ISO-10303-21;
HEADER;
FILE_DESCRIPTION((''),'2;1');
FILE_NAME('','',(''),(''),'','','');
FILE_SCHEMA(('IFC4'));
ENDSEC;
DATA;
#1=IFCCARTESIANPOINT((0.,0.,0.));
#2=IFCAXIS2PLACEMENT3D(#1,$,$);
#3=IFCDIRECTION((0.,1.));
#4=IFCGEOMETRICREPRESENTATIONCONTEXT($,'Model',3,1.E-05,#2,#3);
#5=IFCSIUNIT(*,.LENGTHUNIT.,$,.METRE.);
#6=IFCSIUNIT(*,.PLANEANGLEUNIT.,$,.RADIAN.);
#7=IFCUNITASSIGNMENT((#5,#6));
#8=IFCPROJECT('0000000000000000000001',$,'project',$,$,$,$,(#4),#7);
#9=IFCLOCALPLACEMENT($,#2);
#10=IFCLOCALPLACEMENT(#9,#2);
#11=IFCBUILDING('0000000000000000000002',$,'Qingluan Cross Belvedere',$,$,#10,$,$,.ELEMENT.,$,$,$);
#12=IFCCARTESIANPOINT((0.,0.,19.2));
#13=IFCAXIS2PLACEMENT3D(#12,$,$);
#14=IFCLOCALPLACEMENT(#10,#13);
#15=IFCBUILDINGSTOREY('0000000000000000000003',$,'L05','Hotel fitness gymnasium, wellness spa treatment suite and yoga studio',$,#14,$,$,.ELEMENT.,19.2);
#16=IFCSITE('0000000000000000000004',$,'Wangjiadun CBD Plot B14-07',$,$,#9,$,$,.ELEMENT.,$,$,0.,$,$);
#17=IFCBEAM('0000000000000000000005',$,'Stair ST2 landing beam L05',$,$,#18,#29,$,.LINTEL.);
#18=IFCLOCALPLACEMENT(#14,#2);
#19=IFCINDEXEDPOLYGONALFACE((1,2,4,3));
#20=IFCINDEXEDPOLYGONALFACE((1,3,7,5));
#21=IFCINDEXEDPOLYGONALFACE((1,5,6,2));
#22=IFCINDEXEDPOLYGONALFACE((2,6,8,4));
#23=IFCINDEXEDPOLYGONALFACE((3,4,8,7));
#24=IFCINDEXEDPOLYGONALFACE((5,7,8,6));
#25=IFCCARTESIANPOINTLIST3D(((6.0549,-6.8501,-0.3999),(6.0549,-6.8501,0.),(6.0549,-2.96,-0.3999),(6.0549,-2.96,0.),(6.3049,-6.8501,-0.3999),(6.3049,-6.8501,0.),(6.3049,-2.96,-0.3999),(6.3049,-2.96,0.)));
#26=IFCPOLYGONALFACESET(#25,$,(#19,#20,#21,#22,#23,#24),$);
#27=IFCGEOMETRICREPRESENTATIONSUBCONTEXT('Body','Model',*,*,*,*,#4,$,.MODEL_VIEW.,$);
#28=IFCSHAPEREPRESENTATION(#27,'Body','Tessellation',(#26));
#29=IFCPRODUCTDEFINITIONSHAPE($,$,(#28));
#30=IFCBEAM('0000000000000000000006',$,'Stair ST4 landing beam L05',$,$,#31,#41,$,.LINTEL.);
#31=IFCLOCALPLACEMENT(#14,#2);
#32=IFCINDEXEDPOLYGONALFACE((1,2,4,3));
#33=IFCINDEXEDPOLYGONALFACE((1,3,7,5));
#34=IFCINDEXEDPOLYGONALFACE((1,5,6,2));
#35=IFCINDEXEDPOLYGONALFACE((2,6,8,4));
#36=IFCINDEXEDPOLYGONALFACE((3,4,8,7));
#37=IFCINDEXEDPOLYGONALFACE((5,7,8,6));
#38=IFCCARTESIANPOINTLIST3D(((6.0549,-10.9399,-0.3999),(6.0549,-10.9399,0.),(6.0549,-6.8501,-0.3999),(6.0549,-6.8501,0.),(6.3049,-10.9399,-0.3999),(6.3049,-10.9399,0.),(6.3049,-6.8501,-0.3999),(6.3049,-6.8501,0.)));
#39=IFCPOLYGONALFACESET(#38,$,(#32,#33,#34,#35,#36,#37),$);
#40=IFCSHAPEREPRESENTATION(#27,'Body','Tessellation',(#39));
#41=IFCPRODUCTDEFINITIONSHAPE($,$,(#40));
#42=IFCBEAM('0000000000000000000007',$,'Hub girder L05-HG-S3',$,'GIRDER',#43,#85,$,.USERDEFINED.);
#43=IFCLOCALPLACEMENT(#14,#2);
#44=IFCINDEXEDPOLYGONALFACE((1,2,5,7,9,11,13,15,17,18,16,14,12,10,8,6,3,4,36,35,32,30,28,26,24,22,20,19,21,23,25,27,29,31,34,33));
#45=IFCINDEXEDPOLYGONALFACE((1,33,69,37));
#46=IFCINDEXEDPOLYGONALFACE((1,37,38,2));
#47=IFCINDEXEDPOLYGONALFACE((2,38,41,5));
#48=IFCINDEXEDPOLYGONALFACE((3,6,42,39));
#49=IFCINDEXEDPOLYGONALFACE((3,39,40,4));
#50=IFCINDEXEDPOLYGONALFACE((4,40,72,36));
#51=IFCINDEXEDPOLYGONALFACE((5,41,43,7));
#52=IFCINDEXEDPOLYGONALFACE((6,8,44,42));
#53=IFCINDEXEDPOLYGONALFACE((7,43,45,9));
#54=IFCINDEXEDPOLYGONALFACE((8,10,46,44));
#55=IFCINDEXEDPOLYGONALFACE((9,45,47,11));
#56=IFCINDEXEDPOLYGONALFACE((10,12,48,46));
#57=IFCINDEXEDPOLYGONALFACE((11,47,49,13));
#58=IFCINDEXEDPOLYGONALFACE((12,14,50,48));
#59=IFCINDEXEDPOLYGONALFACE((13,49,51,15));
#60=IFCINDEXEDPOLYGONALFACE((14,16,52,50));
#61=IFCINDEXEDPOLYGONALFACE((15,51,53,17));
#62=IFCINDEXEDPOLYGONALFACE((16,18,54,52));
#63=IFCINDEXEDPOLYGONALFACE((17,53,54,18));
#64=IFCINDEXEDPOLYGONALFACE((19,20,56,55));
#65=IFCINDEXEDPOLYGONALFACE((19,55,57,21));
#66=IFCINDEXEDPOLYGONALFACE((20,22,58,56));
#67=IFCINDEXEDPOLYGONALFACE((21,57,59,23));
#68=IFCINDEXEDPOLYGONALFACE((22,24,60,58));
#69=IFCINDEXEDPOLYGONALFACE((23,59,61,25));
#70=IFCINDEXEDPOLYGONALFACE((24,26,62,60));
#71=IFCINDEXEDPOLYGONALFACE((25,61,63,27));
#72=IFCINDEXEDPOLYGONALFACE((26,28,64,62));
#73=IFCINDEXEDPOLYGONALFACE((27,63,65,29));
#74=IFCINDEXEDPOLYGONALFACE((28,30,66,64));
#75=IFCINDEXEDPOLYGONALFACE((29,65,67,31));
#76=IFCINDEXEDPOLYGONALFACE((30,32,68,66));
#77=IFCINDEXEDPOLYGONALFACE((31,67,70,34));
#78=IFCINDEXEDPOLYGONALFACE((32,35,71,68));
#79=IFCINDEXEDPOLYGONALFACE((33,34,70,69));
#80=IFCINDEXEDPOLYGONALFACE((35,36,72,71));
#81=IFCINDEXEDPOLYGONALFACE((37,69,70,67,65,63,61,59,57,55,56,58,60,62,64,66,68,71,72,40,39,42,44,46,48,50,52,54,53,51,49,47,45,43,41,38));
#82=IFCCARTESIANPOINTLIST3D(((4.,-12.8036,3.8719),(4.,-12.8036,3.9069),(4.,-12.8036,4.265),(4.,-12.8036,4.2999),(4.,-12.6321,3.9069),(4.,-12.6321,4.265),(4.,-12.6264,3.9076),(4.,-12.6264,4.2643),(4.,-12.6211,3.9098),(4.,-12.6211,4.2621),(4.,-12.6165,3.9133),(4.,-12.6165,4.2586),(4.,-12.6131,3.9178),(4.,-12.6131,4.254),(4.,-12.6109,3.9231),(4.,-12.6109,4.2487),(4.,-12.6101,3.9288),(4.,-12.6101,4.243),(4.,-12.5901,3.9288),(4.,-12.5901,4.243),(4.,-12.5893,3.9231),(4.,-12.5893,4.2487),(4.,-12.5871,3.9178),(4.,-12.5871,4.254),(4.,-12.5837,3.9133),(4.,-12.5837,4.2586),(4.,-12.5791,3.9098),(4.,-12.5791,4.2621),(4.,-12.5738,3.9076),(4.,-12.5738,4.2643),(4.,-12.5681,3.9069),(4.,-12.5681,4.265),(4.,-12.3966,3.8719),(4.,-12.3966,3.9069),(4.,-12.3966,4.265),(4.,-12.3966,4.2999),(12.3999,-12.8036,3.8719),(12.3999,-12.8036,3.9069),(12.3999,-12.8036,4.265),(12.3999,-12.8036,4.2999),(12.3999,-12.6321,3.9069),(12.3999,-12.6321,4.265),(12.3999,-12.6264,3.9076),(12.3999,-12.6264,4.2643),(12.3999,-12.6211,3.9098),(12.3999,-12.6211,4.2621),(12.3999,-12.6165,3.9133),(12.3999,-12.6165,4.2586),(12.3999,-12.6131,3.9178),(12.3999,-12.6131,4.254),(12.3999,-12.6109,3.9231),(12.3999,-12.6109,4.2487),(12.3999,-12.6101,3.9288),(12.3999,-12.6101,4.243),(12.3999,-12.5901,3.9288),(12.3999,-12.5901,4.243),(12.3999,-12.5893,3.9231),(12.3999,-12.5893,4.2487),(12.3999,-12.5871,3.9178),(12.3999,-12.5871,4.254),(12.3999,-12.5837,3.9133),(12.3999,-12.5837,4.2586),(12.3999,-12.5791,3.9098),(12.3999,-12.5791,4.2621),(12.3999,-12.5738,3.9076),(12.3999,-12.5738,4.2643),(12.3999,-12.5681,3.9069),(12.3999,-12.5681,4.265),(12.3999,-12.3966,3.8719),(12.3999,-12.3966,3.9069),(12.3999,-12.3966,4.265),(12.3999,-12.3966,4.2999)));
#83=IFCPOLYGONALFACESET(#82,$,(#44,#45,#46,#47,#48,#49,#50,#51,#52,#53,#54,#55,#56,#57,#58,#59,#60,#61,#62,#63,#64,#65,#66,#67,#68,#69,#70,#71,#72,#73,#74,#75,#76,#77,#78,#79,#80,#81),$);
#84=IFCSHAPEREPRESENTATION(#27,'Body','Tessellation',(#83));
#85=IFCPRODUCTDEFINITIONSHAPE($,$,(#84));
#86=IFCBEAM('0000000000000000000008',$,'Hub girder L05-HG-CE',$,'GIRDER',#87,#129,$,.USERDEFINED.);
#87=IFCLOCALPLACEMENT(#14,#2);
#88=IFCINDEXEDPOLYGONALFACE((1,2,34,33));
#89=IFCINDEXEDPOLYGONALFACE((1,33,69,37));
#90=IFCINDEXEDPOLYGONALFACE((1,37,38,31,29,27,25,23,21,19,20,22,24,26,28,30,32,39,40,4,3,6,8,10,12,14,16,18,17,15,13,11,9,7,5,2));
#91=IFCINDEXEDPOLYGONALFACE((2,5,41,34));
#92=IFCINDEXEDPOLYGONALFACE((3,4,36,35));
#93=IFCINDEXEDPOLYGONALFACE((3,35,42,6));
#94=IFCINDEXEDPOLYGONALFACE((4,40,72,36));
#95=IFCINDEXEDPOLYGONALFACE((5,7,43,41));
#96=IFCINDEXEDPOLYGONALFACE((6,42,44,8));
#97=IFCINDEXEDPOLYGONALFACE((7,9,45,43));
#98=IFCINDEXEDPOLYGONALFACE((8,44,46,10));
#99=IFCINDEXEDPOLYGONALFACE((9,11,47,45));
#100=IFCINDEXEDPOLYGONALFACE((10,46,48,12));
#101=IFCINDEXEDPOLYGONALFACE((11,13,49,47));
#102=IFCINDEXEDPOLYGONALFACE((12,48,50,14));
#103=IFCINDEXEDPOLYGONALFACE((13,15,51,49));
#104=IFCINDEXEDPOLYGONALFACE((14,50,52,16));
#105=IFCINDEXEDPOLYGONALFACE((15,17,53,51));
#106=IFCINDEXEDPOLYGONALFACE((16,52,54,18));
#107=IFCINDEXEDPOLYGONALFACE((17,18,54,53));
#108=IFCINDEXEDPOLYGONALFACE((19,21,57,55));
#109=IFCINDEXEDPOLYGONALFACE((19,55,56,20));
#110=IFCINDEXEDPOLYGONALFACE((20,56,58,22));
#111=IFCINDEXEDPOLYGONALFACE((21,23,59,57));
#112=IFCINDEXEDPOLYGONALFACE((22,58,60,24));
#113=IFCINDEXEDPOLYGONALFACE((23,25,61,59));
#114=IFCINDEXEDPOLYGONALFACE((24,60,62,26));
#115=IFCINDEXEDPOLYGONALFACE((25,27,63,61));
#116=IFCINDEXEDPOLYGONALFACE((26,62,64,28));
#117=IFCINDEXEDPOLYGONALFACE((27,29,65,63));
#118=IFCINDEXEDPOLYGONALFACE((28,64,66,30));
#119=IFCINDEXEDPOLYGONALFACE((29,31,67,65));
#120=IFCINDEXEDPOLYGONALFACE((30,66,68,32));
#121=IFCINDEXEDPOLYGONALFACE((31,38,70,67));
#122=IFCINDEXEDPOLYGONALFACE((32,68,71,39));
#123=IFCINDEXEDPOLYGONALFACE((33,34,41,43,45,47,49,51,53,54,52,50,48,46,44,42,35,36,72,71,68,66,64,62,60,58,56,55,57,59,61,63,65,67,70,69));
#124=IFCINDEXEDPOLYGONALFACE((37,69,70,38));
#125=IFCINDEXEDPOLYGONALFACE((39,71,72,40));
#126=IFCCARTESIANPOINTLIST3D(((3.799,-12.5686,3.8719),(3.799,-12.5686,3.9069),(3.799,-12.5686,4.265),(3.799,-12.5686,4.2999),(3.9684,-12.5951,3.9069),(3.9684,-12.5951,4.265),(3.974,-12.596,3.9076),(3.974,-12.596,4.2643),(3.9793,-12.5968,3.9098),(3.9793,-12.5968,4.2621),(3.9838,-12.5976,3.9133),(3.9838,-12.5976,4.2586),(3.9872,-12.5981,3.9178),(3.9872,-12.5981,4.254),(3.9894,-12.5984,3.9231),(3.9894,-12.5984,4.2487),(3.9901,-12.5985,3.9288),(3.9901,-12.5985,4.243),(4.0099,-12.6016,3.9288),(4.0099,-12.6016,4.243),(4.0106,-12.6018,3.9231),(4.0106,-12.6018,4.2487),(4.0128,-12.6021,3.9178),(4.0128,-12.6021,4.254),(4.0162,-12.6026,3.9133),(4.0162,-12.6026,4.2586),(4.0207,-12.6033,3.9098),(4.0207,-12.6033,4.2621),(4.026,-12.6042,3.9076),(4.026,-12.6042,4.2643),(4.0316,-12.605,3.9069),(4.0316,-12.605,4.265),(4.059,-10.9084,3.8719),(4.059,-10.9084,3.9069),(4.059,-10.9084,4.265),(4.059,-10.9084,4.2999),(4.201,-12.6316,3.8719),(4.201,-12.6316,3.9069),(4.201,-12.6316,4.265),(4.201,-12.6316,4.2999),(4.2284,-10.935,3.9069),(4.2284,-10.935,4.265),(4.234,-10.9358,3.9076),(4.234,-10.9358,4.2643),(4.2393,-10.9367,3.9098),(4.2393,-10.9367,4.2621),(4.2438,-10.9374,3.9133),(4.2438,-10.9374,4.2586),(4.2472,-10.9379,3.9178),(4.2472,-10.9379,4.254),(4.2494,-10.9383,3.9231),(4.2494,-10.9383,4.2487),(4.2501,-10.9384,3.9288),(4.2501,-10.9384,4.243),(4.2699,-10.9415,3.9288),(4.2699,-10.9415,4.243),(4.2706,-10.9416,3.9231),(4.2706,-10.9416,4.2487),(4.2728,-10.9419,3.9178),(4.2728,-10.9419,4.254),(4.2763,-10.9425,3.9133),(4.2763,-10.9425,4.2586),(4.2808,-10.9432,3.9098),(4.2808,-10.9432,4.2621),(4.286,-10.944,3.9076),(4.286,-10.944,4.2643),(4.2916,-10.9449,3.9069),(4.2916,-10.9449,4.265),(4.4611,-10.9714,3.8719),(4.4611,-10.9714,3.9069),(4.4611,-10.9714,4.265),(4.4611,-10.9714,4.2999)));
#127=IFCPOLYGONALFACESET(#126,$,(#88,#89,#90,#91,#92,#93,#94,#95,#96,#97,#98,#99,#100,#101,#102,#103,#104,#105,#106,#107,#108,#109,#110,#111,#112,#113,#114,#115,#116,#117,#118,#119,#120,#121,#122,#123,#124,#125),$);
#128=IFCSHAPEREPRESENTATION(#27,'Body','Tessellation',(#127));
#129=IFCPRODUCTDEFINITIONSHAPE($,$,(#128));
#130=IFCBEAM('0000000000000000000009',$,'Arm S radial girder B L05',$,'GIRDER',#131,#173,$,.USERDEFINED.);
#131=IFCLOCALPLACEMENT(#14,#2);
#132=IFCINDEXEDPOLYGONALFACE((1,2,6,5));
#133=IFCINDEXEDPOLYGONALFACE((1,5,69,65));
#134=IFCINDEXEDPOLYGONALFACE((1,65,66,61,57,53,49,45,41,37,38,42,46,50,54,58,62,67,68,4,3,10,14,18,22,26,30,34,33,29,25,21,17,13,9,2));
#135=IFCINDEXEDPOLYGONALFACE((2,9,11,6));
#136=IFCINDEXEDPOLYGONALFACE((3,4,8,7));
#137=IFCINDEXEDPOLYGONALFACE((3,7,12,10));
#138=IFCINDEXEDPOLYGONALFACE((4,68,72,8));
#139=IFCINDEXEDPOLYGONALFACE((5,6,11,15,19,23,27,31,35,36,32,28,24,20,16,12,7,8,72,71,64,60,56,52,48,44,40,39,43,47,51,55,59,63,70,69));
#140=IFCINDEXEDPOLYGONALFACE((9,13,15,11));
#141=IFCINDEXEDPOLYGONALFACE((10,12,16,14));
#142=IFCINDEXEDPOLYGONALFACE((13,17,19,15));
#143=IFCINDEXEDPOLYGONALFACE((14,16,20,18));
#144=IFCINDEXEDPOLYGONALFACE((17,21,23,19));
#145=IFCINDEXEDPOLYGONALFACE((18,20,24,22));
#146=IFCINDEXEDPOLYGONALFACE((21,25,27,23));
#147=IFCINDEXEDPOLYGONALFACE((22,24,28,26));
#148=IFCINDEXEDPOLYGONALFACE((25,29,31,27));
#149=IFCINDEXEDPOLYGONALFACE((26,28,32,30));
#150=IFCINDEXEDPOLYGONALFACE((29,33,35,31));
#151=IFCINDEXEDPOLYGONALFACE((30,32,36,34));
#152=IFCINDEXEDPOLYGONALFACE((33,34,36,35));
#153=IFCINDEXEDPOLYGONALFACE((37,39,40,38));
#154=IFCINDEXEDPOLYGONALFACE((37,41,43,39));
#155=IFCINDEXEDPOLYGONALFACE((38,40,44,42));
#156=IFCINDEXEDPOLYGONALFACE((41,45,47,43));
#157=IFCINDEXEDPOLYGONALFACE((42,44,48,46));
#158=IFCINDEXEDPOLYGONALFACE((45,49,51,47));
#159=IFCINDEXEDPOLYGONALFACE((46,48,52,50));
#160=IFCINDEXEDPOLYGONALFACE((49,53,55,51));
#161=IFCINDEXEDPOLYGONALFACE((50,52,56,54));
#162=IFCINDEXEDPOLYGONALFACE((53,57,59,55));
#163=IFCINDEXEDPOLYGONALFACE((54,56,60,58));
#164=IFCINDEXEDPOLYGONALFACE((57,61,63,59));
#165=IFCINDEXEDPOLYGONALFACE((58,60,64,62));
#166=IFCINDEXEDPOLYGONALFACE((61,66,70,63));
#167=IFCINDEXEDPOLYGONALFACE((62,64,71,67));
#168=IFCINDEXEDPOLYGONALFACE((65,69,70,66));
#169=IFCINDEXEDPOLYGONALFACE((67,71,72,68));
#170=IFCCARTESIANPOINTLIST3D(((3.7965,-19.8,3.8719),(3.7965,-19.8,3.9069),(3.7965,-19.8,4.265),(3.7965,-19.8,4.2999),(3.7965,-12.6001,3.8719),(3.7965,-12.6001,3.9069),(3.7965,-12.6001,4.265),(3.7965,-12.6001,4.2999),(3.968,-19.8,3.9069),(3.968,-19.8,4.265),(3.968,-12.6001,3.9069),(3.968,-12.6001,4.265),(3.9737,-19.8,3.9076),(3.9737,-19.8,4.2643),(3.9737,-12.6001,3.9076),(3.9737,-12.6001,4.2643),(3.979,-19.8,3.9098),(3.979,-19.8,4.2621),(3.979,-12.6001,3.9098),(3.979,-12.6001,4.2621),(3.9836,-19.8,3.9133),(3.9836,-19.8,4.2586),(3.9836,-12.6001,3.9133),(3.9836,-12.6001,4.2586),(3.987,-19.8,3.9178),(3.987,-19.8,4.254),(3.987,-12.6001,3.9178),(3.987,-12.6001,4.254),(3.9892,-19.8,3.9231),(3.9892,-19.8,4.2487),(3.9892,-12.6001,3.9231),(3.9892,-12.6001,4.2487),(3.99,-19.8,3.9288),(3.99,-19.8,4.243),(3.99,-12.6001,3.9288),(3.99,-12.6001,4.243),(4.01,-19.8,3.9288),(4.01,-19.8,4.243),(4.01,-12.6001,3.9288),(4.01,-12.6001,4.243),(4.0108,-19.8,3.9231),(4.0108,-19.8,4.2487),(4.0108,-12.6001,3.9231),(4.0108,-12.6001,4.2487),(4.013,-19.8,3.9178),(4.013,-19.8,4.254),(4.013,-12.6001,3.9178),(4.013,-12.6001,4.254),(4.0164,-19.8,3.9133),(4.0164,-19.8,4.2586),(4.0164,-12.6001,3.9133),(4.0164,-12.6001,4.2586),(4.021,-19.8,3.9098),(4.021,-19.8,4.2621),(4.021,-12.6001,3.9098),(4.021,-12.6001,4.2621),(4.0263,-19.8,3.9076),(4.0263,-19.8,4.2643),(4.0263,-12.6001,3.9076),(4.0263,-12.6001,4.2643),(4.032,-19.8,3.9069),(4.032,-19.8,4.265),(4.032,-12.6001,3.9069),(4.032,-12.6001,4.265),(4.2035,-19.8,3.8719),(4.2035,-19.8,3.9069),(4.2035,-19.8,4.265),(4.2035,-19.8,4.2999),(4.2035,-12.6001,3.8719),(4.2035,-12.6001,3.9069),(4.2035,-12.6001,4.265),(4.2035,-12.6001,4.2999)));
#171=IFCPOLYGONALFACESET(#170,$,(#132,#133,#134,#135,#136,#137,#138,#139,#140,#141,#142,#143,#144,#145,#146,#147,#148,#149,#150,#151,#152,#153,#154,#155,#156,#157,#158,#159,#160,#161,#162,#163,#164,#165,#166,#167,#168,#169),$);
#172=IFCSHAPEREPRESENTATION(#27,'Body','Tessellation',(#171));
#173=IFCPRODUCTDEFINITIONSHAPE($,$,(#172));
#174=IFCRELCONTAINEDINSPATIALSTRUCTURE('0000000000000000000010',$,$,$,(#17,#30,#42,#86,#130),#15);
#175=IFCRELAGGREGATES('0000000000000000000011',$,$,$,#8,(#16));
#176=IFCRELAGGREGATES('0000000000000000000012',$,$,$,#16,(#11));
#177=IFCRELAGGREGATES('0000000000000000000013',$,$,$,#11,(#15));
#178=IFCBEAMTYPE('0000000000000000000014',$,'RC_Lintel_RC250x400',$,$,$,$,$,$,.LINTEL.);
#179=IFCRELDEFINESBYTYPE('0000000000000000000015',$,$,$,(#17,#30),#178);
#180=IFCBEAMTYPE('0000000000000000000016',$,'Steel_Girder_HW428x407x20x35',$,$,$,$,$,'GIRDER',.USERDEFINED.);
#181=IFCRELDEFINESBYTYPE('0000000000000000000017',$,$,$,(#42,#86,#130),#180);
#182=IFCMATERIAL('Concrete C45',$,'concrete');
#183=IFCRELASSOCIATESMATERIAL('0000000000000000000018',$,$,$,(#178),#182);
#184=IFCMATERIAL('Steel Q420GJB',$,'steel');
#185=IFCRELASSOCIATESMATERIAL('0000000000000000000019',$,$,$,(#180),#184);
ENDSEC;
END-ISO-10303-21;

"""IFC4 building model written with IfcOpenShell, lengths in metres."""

from ifc_helpers import new_model, si_unit, direction, frame, origin, origin_2d, place, context, subcontext, project, spatial, rectangle, i_section, extrude, material, material_profile, profile_set, type_object, element, save


model = new_model("IFC4")

# Units and contexts
model_context = context("Model", 3, precision=1e-05, world=origin(), true_north=direction((0.0, 1.0)))
body_context = subcontext(model_context, "Body", "Model", "MODEL_VIEW")
ifc_project = project(units=[si_unit("LENGTHUNIT", "METRE"), si_unit("PLANEANGLEUNIT", "RADIAN")], contexts=[model_context])

# Site, building, storey
site_placement = place(None, origin())
site = spatial("IfcSite", under=ifc_project, at=site_placement, Name="Wangjiadun CBD Plot B14-07", CompositionType="ELEMENT", RefElevation=0.0)
building_placement = place(site_placement, origin())
building = spatial("IfcBuilding", under=site, at=building_placement, Name="Qingluan Cross Belvedere", CompositionType="ELEMENT")
storey_placement = place(building_placement, frame((0.0, 0.0, 19.2)))
storey = spatial("IfcBuildingStorey", under=building, at=storey_placement, Name="L05", Description="Hotel fitness gymnasium, wellness spa treatment suite and yoga studio", CompositionType="ELEMENT", Elevation=19.2)

# Beams
ifc_material_1 = material(Name="Concrete C45", Category="concrete")
ifc_material_profile_1 = material_profile(ifc_material_1, rectangle(XDim=0.25, YDim=0.3999, at=origin_2d()), Name="RC250x400")
ifc_profile_set_1 = profile_set([ifc_material_profile_1], Name="Concrete C45")
beam_type_1 = type_object("IfcBeamType", Name="RC_Lintel_RC250x400", PredefinedType="LINTEL", material=ifc_profile_set_1)
beam_1_placement = place(storey_placement, frame((6.1799, -6.8501, -0.2), z_axis=(0.0, 1.0, 0.0), x_axis=(-1.0, 0.0, 0.0)))
element("IfcBeam", 1, at=beam_1_placement, inside=storey, type_object=beam_type_1, Name="Stair ST2 landing beam L05", PredefinedType="LINTEL", context=body_context, shape_type="SweptSolid", body=[
    extrude(rectangle(XDim=0.25, YDim=0.3999, at=origin_2d()), origin(), (0.0, 0.0, 1.0), 3.8901),
])
beam_2_placement = place(storey_placement, frame((6.1799, -10.9399, -0.2), z_axis=(0.0, 1.0, 0.0), x_axis=(-1.0, 0.0, 0.0)))
element("IfcBeam", 2, at=beam_2_placement, inside=storey, type_object=beam_type_1, Name="Stair ST4 landing beam L05", PredefinedType="LINTEL", context=body_context, shape_type="SweptSolid", body=[
    extrude(rectangle(XDim=0.25, YDim=0.3999, at=origin_2d()), origin(), (0.0, 0.0, 1.0), 4.0898),
])
ifc_material_2 = material(Name="Steel Q420GJB", Category="steel")
ifc_material_profile_2 = material_profile(ifc_material_2, i_section(OverallWidth=0.407, OverallDepth=0.428, WebThickness=0.02, FlangeThickness=0.0349, FilletRadius=0.022, at=origin_2d()), Name="HW428x407x20x35")
ifc_profile_set_2 = profile_set([ifc_material_profile_2], Name="Steel Q420GJB")
beam_type_2 = type_object("IfcBeamType", Name="Steel_Girder_HW428x407x20x35", ElementType="GIRDER", PredefinedType="USERDEFINED", material=ifc_profile_set_2)
beam_3_placement = place(storey_placement, frame((4.0, -12.6001, 4.0859), z_axis=(1.0, 0.0, 0.0), x_axis=(0.0, 1.0, 0.0)))
element("IfcBeam", 3, at=beam_3_placement, inside=storey, type_object=beam_type_2, Name="Hub girder L05-HG-S3", ObjectType="GIRDER", PredefinedType="USERDEFINED", context=body_context, shape_type="SweptSolid", body=[
    extrude(i_section(OverallWidth=0.407, OverallDepth=0.428, WebThickness=0.02, FlangeThickness=0.0349, FilletRadius=0.022, at=origin_2d()), origin(), (0.0, 0.0, 1.0), 8.3999),
])
beam_4_placement = place(storey_placement, frame((4.0, -12.6001, 4.0859), z_axis=(0.154731, 0.987957, 0.0), x_axis=(-0.987957, 0.154731, 0.0)))
element("IfcBeam", 4, at=beam_4_placement, inside=storey, type_object=beam_type_2, Name="Hub girder L05-HG-CE", ObjectType="GIRDER", PredefinedType="USERDEFINED", context=body_context, shape_type="SweptSolid", body=[
    extrude(i_section(OverallWidth=0.407, OverallDepth=0.428, WebThickness=0.02, FlangeThickness=0.0349, FilletRadius=0.022, at=origin_2d()), origin(), (0.0, 0.0, 1.0), 1.6804),
])
beam_5_placement = place(storey_placement, frame((4.0, -12.6001, 4.0859), z_axis=(0.0, -1.0, 0.0), x_axis=(1.0, 0.0, 0.0)))
element("IfcBeam", 5, at=beam_5_placement, inside=storey, type_object=beam_type_2, Name="Arm S radial girder B L05", ObjectType="GIRDER", PredefinedType="USERDEFINED", context=body_context, shape_type="SweptSolid", body=[
    extrude(i_section(OverallWidth=0.407, OverallDepth=0.428, WebThickness=0.02, FlangeThickness=0.0349, FilletRadius=0.022, at=origin_2d()), origin(), (0.0, 0.0, 1.0), 7.2),
])

save(model, "model.ifc")
